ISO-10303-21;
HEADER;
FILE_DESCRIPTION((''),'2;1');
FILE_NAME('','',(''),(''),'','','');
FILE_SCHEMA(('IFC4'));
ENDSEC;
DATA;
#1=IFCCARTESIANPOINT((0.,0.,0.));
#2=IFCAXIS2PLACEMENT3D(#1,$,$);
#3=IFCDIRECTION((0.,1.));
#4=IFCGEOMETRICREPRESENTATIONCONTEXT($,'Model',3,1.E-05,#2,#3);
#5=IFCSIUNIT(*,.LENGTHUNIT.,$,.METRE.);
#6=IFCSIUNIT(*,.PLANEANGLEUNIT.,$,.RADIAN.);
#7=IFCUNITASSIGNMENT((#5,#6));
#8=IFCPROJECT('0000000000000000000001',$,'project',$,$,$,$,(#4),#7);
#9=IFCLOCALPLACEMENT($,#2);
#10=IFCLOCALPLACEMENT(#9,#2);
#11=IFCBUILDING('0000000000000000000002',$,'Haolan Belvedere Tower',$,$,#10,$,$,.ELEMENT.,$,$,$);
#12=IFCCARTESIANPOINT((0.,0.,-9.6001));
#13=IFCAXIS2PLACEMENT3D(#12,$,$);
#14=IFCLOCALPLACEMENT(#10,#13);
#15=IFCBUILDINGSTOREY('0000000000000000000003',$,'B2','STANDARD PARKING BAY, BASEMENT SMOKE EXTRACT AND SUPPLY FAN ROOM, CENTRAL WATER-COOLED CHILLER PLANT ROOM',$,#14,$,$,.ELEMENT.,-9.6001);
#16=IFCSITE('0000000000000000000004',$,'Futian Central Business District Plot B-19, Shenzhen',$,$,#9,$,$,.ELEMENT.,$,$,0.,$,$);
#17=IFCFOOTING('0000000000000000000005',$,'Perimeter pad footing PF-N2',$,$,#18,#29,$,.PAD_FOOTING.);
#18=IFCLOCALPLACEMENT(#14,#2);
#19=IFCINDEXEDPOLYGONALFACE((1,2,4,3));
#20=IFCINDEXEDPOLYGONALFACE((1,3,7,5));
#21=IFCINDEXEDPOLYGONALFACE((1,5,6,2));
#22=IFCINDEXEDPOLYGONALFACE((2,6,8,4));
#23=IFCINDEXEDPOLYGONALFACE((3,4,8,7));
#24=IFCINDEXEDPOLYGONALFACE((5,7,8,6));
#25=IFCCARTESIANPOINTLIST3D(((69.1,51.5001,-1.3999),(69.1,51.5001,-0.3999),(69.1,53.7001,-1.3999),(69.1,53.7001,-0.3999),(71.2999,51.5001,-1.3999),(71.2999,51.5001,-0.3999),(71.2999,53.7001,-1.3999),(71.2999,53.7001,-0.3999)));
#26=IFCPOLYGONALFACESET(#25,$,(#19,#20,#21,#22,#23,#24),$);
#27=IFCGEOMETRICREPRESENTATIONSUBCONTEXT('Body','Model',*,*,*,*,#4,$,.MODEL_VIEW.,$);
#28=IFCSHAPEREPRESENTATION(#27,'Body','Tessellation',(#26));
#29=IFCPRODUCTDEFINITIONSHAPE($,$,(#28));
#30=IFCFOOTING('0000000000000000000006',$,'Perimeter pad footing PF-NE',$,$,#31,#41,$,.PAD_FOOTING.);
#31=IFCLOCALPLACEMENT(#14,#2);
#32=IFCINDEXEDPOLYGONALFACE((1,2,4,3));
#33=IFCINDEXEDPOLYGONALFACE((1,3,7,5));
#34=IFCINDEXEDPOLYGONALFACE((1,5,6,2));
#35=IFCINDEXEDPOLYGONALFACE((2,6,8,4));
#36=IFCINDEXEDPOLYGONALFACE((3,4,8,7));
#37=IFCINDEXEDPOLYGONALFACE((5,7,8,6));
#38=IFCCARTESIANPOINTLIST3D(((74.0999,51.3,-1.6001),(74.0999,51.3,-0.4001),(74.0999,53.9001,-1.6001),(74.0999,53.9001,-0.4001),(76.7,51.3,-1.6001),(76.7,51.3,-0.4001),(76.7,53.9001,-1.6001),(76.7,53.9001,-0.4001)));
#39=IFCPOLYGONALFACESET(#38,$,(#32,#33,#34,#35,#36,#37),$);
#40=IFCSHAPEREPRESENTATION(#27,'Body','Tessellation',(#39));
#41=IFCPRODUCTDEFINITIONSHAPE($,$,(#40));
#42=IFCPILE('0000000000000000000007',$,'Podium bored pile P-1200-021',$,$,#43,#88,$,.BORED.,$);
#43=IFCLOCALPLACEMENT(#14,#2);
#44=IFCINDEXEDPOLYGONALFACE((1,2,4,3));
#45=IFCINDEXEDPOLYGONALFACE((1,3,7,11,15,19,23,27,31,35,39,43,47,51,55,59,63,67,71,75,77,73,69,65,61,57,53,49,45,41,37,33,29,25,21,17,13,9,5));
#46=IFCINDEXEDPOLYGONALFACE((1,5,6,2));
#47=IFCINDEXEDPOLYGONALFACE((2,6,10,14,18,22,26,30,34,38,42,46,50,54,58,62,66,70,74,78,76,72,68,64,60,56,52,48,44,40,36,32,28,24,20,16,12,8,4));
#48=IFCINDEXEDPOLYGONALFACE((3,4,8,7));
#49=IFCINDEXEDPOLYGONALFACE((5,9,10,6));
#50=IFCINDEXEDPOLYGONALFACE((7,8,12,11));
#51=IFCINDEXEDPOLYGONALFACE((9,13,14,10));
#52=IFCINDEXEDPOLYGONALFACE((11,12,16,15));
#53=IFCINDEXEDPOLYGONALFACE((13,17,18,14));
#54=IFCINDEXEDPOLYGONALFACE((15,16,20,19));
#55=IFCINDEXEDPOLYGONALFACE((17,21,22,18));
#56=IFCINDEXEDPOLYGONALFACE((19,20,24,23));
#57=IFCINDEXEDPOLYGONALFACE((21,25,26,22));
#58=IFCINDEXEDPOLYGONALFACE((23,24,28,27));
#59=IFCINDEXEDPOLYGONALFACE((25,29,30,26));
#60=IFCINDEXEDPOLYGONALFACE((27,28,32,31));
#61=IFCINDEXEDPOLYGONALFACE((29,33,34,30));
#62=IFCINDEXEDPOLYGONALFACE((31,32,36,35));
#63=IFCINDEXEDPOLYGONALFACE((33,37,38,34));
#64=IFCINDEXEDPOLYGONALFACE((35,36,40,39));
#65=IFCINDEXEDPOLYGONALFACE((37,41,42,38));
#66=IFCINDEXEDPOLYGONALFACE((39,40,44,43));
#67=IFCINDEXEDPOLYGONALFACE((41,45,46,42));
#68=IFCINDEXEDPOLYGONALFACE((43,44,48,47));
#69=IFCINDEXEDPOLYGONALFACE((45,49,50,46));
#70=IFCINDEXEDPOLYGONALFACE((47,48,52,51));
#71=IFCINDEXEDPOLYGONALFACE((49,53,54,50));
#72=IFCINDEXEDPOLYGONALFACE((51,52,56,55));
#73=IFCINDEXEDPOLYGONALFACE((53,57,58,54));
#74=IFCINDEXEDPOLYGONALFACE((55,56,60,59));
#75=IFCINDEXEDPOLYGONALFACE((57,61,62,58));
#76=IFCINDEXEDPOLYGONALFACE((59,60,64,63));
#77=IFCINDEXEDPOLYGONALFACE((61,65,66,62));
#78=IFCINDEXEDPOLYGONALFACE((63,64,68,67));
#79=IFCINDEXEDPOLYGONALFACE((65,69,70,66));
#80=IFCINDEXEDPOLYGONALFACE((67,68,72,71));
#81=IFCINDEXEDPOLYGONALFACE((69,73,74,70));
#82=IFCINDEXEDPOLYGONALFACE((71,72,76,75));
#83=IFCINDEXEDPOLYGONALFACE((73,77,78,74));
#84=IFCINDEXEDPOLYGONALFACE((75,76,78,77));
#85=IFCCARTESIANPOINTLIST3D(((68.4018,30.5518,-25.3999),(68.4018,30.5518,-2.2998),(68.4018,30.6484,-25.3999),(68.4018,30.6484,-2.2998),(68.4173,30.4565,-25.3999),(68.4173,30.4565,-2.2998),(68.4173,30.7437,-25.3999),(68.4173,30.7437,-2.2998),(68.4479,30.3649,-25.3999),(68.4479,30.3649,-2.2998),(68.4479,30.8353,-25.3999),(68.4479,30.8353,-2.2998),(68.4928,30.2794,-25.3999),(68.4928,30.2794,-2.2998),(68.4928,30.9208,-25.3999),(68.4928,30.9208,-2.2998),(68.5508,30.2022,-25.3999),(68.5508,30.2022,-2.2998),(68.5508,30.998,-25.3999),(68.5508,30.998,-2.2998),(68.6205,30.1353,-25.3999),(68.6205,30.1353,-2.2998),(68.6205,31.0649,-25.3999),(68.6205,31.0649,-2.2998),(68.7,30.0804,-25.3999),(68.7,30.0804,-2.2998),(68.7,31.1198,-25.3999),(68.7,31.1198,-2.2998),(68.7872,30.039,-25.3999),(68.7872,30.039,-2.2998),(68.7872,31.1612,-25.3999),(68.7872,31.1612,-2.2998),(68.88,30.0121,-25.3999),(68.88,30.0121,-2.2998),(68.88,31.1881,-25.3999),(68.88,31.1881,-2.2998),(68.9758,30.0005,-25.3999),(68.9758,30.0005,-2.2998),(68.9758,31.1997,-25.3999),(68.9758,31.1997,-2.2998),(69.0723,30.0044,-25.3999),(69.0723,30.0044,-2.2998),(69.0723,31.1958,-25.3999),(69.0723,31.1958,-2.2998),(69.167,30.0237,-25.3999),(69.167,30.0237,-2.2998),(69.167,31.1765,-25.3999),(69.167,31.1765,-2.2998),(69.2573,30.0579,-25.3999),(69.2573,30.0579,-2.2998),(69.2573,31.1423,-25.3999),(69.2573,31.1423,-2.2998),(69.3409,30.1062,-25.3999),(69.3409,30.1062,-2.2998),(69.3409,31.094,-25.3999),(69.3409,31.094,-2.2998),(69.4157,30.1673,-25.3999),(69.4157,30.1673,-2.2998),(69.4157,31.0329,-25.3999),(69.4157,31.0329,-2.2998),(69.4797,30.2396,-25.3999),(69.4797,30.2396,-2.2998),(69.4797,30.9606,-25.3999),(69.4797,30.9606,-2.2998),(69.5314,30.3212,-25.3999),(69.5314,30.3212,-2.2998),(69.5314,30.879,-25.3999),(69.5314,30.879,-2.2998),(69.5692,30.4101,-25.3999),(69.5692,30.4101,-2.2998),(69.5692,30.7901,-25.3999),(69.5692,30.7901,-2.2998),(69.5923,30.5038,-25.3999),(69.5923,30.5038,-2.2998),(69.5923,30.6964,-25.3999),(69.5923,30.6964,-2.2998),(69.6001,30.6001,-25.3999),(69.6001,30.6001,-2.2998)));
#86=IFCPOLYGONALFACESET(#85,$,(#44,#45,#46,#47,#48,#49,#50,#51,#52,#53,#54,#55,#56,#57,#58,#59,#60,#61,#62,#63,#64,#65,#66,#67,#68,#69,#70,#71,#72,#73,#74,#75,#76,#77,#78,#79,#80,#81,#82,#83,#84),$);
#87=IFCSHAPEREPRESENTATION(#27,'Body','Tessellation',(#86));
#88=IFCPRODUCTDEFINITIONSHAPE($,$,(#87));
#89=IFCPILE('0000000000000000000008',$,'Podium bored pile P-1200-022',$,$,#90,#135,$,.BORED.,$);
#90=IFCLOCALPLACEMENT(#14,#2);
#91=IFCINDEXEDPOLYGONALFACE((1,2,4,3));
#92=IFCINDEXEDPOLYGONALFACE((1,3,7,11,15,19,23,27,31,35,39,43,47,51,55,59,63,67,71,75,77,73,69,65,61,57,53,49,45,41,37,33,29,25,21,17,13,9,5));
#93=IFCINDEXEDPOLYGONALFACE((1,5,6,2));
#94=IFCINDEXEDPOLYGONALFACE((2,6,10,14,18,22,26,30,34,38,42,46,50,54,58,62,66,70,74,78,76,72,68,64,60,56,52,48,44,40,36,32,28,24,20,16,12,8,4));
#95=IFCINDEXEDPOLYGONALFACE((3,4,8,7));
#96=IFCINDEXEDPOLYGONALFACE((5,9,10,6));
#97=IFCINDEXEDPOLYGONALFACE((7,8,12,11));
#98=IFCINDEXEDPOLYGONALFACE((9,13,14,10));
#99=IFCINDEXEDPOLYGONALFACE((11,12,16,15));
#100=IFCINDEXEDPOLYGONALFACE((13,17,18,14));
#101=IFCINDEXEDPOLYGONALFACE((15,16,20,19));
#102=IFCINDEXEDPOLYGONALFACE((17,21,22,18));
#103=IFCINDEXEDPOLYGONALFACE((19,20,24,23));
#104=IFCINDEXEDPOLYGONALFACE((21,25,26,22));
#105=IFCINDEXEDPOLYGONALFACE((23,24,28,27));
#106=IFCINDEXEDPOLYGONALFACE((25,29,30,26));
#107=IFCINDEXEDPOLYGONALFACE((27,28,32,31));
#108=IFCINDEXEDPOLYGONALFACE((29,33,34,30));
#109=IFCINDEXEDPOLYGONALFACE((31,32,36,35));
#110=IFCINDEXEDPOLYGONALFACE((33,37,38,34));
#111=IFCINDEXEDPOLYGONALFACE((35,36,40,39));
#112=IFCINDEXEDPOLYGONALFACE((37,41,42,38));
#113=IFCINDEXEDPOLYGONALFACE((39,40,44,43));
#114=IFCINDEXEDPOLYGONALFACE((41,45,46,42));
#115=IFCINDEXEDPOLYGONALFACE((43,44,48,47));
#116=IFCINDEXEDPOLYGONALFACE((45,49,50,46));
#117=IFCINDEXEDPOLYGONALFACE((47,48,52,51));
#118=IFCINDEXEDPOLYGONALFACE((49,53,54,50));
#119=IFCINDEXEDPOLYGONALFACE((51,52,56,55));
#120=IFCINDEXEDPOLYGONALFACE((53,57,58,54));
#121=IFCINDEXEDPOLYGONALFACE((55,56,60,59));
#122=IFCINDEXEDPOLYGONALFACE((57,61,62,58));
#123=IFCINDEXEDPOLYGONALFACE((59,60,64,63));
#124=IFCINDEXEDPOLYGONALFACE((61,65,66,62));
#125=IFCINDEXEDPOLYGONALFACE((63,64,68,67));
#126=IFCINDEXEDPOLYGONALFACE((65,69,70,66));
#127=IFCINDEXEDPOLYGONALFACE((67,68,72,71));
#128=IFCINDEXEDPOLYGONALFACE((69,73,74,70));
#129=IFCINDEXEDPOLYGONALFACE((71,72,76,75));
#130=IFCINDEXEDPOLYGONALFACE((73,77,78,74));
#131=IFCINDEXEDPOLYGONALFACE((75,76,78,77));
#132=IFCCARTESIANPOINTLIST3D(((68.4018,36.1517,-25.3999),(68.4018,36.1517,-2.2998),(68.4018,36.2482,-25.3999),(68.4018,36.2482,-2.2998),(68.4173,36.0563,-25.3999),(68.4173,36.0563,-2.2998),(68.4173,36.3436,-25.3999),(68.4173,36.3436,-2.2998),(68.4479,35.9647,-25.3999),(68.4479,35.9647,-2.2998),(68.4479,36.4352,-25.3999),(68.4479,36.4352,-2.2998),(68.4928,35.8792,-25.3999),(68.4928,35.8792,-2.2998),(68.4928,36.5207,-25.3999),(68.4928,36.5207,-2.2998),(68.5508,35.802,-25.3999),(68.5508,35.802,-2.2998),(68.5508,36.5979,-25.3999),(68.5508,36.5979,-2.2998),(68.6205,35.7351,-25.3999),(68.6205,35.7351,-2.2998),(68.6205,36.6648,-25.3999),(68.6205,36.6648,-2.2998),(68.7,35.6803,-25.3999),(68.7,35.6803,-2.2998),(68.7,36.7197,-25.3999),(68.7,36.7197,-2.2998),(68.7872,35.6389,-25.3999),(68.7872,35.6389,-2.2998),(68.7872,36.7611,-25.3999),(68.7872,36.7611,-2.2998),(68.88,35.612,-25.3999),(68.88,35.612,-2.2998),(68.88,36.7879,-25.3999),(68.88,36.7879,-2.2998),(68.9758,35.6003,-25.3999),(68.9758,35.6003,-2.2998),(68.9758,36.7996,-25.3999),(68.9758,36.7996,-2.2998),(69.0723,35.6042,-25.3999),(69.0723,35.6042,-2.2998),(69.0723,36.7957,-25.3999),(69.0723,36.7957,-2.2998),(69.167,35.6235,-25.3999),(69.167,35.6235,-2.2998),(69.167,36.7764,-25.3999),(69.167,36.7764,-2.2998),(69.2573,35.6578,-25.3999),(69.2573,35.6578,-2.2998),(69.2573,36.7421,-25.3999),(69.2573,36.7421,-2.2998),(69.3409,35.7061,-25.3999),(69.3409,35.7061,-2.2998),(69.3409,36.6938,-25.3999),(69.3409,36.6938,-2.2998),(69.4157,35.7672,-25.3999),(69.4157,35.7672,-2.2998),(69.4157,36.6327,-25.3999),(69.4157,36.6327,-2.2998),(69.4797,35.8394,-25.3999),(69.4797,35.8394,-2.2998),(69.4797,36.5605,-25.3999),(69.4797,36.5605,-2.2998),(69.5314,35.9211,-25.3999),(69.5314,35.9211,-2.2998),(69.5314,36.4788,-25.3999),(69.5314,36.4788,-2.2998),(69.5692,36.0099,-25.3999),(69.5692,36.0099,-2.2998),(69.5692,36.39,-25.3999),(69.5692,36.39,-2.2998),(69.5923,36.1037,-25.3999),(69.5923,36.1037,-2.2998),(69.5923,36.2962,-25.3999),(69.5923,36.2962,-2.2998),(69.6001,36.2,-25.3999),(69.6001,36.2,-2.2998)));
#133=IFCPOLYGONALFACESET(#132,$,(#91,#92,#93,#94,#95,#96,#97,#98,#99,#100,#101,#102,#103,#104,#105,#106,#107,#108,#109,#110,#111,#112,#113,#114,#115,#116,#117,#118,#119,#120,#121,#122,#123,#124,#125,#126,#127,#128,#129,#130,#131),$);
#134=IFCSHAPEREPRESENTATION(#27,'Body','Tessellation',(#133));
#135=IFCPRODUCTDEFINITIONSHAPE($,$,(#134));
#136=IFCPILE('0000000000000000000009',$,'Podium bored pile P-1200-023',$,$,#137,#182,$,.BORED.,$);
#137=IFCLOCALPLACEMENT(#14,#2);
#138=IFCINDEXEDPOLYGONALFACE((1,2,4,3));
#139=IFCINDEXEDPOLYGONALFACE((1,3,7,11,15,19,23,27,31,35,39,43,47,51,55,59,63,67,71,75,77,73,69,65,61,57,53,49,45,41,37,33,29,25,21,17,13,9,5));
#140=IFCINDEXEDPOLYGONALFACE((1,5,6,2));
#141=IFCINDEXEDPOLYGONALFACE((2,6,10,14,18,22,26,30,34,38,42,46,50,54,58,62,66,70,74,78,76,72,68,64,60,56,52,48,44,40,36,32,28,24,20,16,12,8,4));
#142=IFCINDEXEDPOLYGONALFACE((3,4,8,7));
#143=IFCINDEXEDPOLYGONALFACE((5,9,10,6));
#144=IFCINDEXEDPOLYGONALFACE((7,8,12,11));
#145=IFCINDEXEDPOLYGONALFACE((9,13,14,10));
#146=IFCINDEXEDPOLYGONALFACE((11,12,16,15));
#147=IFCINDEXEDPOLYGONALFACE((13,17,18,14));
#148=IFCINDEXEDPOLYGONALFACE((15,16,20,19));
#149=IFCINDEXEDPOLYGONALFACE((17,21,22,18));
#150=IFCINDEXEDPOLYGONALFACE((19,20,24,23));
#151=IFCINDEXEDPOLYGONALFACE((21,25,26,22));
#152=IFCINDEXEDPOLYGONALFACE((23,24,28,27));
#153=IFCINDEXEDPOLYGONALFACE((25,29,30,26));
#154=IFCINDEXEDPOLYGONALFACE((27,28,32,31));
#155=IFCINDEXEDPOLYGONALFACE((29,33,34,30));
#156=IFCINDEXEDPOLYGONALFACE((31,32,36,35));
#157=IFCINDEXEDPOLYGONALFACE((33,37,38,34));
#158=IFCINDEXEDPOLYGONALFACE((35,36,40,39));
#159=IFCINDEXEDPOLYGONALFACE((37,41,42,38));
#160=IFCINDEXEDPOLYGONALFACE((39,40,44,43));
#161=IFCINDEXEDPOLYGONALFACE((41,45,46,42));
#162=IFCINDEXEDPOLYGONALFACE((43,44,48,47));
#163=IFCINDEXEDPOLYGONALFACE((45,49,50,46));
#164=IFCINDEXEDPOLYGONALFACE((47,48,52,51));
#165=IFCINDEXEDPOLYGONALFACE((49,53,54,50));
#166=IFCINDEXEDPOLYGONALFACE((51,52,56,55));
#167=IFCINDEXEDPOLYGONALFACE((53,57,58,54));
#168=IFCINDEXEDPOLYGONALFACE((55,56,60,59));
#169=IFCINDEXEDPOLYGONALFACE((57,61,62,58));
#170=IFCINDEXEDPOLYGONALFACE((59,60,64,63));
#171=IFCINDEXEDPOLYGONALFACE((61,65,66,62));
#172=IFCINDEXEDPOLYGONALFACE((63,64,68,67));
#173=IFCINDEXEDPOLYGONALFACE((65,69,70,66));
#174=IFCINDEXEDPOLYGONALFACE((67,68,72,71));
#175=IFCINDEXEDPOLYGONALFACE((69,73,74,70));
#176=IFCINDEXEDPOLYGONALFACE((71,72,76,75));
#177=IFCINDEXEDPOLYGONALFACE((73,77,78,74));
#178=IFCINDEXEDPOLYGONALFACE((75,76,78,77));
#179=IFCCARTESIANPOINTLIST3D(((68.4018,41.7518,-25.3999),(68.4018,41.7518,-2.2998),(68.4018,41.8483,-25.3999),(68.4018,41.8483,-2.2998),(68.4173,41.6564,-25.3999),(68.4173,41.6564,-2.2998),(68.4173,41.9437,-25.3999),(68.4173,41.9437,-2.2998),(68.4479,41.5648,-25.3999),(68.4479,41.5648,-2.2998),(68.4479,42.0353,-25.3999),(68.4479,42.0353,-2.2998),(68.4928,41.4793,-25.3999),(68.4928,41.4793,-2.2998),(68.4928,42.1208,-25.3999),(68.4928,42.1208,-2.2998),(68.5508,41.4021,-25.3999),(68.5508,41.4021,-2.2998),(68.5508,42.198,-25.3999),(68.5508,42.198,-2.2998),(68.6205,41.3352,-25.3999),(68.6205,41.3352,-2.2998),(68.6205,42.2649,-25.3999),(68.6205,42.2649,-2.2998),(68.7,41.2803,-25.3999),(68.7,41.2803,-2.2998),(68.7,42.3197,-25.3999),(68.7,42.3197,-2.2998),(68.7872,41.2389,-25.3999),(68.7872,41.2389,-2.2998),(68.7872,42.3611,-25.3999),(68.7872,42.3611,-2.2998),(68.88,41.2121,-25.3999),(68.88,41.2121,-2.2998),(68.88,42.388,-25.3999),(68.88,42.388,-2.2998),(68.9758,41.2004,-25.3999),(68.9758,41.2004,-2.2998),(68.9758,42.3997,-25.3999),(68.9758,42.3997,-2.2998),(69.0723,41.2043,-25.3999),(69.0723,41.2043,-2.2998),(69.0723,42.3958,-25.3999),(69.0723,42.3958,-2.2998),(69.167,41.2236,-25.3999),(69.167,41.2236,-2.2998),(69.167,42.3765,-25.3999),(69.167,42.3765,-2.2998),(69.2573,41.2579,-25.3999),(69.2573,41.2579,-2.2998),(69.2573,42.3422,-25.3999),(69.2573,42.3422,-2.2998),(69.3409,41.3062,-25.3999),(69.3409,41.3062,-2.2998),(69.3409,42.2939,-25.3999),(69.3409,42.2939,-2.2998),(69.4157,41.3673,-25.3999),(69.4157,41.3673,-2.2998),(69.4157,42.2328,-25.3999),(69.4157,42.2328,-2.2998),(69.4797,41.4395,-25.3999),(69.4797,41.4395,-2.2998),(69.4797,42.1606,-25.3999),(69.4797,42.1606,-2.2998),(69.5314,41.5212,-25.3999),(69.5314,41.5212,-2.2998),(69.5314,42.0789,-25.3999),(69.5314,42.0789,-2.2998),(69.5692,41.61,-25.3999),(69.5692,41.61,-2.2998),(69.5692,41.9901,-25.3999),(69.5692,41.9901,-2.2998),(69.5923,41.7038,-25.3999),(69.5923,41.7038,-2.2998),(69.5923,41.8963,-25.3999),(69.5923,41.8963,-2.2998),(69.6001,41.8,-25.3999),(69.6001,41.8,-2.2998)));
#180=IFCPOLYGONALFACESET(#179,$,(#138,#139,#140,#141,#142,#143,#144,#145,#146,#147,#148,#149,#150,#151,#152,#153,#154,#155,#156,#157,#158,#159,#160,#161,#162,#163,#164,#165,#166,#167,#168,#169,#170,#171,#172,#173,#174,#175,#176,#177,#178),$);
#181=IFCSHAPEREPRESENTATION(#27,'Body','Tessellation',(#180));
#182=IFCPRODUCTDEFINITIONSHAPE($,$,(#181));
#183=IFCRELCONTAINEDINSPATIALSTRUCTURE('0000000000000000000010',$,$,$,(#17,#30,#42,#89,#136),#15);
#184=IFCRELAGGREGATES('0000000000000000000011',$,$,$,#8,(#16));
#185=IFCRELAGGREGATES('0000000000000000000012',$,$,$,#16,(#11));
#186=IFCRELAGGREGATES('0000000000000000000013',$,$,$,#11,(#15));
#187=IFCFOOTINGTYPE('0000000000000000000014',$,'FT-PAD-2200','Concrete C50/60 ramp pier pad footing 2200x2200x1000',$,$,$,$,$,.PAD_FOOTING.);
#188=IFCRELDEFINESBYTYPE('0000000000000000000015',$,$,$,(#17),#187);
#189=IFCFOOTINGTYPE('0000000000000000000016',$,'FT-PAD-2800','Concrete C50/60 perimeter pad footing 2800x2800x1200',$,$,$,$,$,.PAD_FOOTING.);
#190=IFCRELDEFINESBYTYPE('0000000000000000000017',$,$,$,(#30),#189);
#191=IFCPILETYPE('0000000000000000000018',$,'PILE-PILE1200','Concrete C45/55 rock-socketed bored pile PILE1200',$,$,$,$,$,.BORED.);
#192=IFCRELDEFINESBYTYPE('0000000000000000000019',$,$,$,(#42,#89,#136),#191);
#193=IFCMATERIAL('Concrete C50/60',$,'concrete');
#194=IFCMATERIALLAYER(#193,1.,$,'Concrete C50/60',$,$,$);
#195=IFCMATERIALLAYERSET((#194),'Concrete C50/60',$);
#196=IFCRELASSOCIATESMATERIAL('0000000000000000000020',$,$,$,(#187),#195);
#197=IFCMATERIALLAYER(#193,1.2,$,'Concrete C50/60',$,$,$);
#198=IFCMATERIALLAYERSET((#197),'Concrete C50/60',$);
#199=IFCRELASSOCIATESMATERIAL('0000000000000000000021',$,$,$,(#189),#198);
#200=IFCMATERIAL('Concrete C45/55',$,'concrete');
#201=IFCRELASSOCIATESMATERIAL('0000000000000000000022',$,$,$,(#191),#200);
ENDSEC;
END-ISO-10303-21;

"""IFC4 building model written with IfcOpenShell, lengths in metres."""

from ifc_helpers import new_model, si_unit, direction, frame, origin, origin_2d, place, context, subcontext, project, spatial, rectangle, circle, extrude, material, layer, layer_set, material_profile, profile_set, type_object, element, save


model = new_model("IFC4")

# Units and contexts
model_context = context("Model", 3, precision=1e-05, world=origin(), true_north=direction((0.0, 1.0)))
body_context = subcontext(model_context, "Body", "Model", "MODEL_VIEW")
ifc_project = project(units=[si_unit("LENGTHUNIT", "METRE"), si_unit("PLANEANGLEUNIT", "RADIAN")], contexts=[model_context])

# Site, building, storey
site_placement = place(None, origin())
site = spatial("IfcSite", under=ifc_project, at=site_placement, Name="Futian Central Business District Plot B-19, Shenzhen", CompositionType="ELEMENT", RefElevation=0.0)
building_placement = place(site_placement, origin())
building = spatial("IfcBuilding", under=site, at=building_placement, Name="Haolan Belvedere Tower", CompositionType="ELEMENT")
storey_placement = place(building_placement, frame((0.0, 0.0, -9.6001)))
storey = spatial("IfcBuildingStorey", under=building, at=storey_placement, Name="B2", Description="STANDARD PARKING BAY, BASEMENT SMOKE EXTRACT AND SUPPLY FAN ROOM, CENTRAL WATER-COOLED CHILLER PLANT ROOM", CompositionType="ELEMENT", Elevation=-9.6001)

# Footings
ifc_material_1 = material(Name="Concrete C50/60", Category="concrete")
ifc_layer_1 = layer(ifc_material_1, 1.0, Name="Concrete C50/60")
ifc_layer_set_1 = layer_set([ifc_layer_1], Name="Concrete C50/60")
footing_type_1 = type_object("IfcFootingType", Name="FT-PAD-2200", Description="Concrete C50/60 ramp pier pad footing 2200x2200x1000", PredefinedType="PAD_FOOTING", material=ifc_layer_set_1)
footing_1_placement = place(storey_placement, frame((70.2, 52.6001, -1.3999), z_axis=(0.0, 0.0, 1.0), x_axis=(1.0, 0.0, 0.0)))
element("IfcFooting", 1, at=footing_1_placement, inside=storey, type_object=footing_type_1, Name="Perimeter pad footing PF-N2", PredefinedType="PAD_FOOTING", context=body_context, shape_type="SweptSolid", body=[
    extrude(rectangle(XDim=2.2, YDim=2.2, at=origin_2d()), origin(), (0.0, 0.0, 1.0), 1.0),
])
ifc_layer_2 = layer(ifc_material_1, 1.2, Name="Concrete C50/60")
ifc_layer_set_2 = layer_set([ifc_layer_2], Name="Concrete C50/60")
footing_type_2 = type_object("IfcFootingType", Name="FT-PAD-2800", Description="Concrete C50/60 perimeter pad footing 2800x2800x1200", PredefinedType="PAD_FOOTING", material=ifc_layer_set_2)
footing_2_placement = place(storey_placement, frame((75.3999, 52.6001, -1.6001), z_axis=(0.0, 0.0, 1.0), x_axis=(1.0, 0.0, 0.0)))
element("IfcFooting", 2, at=footing_2_placement, inside=storey, type_object=footing_type_2, Name="Perimeter pad footing PF-NE", PredefinedType="PAD_FOOTING", context=body_context, shape_type="SweptSolid", body=[
    extrude(rectangle(XDim=2.6001, YDim=2.6001, at=origin_2d()), origin(), (0.0, 0.0, 1.0), 1.2),
])

# Piles
ifc_material_2 = material(Name="Concrete C45/55", Category="concrete")
ifc_material_profile_1 = material_profile(ifc_material_2, circle(Radius=0.6001, at=origin_2d()), Name="Concrete C45/55")
ifc_profile_set_1 = profile_set([ifc_material_profile_1], Name="Concrete C45/55")
pile_type_1 = type_object("IfcPileType", Name="PILE-PILE1200", Description="Concrete C45/55 rock-socketed bored pile PILE1200", PredefinedType="BORED", material=ifc_profile_set_1)
for number, where, z_axis, x_axis, name in (
    (3, (69.0, 30.6001, -2.2998), (0.0, 0.0, -1.0), (1.0, 0.0, 0.0), "Podium bored pile P-1200-021"),
    (4, (69.0, 36.2, -2.2998), (0.0, 0.0, -1.0), (1.0, 0.0, 0.0), "Podium bored pile P-1200-022"),
    (5, (69.0, 41.8, -2.2998), (0.0, 0.0, -1.0), (1.0, 0.0, 0.0), "Podium bored pile P-1200-023"),
):
    element("IfcPile", number, at=place(storey_placement, frame(where, z_axis=z_axis, x_axis=x_axis)), inside=storey, type_object=pile_type_1, Name=name, PredefinedType="BORED", context=body_context, shape_type="SweptSolid", body=[
        extrude(circle(Radius=0.6001, at=origin_2d()), origin(), (0.0, 0.0, 1.0), 23.1001),
    ])

save(model, "model.ifc")
